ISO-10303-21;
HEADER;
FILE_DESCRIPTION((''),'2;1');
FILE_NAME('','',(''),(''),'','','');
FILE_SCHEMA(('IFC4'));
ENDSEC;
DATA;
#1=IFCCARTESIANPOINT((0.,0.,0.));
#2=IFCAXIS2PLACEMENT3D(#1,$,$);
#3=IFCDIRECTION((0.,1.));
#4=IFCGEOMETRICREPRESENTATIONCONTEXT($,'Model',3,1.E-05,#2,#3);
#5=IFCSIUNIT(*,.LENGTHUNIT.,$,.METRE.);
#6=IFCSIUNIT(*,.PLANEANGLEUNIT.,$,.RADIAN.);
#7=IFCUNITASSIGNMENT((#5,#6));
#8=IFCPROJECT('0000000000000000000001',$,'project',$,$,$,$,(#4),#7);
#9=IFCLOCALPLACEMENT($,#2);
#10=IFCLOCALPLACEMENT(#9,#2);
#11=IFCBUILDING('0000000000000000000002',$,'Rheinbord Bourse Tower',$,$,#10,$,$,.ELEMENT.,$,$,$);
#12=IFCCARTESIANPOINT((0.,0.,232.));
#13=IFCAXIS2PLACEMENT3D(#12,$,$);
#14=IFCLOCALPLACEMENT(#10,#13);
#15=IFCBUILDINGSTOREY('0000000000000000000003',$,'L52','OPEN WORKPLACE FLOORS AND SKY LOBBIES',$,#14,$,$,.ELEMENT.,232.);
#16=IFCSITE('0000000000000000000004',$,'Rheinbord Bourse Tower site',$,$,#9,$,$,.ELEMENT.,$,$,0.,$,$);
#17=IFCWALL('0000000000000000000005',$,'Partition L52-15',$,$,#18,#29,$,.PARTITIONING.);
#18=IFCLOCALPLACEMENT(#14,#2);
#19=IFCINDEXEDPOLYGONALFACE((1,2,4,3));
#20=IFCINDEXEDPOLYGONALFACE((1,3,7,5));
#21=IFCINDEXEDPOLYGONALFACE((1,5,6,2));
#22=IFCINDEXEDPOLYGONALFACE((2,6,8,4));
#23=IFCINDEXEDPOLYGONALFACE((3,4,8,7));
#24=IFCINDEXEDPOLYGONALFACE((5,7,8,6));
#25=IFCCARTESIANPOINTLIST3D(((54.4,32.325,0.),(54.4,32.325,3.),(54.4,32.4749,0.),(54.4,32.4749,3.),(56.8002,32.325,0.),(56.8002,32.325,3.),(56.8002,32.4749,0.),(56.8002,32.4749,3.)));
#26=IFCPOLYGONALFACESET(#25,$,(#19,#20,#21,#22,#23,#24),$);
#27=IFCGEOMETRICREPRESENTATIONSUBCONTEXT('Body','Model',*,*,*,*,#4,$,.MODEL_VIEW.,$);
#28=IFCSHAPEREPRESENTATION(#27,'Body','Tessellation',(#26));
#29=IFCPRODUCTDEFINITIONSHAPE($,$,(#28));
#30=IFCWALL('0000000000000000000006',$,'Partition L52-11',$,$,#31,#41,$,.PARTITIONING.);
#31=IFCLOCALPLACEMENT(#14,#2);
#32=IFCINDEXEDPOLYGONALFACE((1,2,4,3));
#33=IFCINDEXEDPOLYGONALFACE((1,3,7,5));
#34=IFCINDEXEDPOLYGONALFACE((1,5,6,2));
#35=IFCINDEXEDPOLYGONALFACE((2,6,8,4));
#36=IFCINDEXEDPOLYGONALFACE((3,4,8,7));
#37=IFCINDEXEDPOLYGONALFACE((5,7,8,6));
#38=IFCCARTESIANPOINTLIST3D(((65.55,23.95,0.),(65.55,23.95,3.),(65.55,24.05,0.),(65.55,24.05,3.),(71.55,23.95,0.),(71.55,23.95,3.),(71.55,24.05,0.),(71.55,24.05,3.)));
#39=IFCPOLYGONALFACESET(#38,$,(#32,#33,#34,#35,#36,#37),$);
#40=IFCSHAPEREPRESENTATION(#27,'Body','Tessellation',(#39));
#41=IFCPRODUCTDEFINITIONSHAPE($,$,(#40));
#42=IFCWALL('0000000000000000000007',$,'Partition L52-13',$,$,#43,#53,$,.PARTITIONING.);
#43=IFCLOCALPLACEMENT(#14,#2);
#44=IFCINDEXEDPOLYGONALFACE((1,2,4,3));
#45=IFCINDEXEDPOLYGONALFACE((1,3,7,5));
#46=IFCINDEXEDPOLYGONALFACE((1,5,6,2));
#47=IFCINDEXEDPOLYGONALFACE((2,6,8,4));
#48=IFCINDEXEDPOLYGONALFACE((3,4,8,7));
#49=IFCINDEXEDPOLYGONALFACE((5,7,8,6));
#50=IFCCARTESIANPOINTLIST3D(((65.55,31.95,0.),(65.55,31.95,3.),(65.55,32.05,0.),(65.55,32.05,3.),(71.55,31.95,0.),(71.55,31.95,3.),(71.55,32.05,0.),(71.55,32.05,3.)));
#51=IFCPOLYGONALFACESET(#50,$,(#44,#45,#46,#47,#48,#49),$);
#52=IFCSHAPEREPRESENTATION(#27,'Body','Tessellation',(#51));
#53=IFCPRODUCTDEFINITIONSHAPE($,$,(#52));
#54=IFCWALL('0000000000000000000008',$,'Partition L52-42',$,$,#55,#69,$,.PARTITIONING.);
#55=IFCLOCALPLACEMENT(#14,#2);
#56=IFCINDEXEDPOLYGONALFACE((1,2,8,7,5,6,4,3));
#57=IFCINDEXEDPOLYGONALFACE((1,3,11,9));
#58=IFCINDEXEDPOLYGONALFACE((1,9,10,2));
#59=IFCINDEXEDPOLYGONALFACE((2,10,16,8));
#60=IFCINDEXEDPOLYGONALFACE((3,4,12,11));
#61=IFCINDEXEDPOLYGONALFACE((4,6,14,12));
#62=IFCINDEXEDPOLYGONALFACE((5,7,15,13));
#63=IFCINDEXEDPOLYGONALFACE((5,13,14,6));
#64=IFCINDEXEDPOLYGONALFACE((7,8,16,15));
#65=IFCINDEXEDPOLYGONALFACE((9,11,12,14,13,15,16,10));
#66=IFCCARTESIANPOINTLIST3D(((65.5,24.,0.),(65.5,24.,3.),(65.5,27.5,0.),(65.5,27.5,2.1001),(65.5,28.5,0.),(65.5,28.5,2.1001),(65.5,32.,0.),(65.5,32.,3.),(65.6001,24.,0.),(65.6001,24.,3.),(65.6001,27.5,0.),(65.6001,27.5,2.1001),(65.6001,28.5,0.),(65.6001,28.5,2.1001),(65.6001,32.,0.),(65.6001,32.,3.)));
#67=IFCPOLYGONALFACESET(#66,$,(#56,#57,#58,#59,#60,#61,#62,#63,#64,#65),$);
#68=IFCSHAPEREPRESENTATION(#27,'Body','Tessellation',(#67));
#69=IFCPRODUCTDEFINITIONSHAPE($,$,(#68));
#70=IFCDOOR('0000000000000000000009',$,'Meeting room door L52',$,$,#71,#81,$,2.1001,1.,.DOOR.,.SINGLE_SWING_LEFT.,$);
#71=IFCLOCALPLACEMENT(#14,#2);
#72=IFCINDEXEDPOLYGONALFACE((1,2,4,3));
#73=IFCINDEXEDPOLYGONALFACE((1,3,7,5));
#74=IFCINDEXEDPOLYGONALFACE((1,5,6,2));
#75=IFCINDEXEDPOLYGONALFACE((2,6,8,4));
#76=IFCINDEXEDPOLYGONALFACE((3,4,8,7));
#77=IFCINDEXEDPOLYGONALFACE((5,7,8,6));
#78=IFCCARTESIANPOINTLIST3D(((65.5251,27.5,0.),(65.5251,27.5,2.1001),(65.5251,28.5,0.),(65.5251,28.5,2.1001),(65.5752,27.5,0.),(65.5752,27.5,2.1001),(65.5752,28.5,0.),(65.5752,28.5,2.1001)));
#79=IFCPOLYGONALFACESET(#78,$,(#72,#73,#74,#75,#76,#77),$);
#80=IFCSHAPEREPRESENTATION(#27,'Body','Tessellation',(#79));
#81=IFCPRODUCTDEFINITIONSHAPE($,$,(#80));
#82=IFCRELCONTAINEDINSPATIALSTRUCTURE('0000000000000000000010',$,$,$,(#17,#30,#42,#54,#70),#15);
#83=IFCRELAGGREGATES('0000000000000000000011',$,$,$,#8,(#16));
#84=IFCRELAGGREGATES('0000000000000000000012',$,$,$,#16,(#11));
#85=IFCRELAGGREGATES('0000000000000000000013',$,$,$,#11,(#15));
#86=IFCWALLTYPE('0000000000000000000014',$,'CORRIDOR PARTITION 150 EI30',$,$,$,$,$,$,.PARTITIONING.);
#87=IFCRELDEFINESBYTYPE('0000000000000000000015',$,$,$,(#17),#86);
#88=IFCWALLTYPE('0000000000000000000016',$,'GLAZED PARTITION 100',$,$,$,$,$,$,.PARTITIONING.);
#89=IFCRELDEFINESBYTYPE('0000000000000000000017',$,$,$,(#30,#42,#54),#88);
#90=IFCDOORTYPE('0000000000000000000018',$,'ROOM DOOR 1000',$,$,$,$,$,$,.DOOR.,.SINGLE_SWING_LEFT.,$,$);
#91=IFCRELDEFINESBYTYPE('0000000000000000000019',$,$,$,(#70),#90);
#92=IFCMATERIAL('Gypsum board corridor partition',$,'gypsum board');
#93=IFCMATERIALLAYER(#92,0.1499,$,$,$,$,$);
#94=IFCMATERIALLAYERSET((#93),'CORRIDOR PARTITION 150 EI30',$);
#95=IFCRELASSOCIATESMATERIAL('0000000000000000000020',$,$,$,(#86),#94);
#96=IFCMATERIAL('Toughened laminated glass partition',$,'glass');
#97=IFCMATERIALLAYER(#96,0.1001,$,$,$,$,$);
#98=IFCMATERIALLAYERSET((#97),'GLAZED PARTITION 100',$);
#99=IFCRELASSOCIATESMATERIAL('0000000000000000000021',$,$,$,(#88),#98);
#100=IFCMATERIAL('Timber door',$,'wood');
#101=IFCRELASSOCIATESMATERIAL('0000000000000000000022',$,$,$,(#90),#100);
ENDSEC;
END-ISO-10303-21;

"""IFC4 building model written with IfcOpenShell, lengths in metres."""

from ifc_helpers import new_model, si_unit, direction, frame, frame_2d, origin, place, context, subcontext, project, spatial, rectangle, extrude, material, layer, layer_set, type_object, element, fill, save


model = new_model("IFC4")

# Units and contexts
model_context = context("Model", 3, precision=1e-05, world=origin(), true_north=direction((0.0, 1.0)))
body_context = subcontext(model_context, "Body", "Model", "MODEL_VIEW")
ifc_project = project(units=[si_unit("LENGTHUNIT", "METRE"), si_unit("PLANEANGLEUNIT", "RADIAN")], contexts=[model_context])

# Site, building, storey
site_placement = place(None, origin())
site = spatial("IfcSite", under=ifc_project, at=site_placement, Name="Rheinbord Bourse Tower site", CompositionType="ELEMENT", RefElevation=0.0)
building_placement = place(site_placement, origin())
building = spatial("IfcBuilding", under=site, at=building_placement, Name="Rheinbord Bourse Tower", CompositionType="ELEMENT")
storey_placement = place(building_placement, frame((0.0, 0.0, 232.0)))
storey = spatial("IfcBuildingStorey", under=building, at=storey_placement, Name="L52", Description="OPEN WORKPLACE FLOORS AND SKY LOBBIES", CompositionType="ELEMENT", Elevation=232.0)

# Walls
ifc_material_1 = material(Name="Gypsum board corridor partition", Category="gypsum board")
ifc_layer_1 = layer(ifc_material_1, 0.1499)
ifc_layer_set_1 = layer_set([ifc_layer_1], Name="CORRIDOR PARTITION 150 EI30")
wall_type_1 = type_object("IfcWallType", Name="CORRIDOR PARTITION 150 EI30", PredefinedType="PARTITIONING", material=ifc_layer_set_1)
wall_1_placement = place(storey_placement, frame((54.3999, 32.3999, 0.0), z_axis=(0.0, 0.0, 1.0), x_axis=(1.0, 0.0, 0.0)))
element("IfcWall", 1, at=wall_1_placement, inside=storey, type_object=wall_type_1, Name="Partition L52-15", PredefinedType="PARTITIONING", context=body_context, shape_type="SweptSolid", body=[
    extrude(rectangle(XDim=2.4001, YDim=0.1499, at=frame_2d((1.2002, 0.0))), origin(), (0.0, 0.0, 1.0), 3.0),
])
ifc_material_2 = material(Name="Toughened laminated glass partition", Category="glass")
ifc_layer_2 = layer(ifc_material_2, 0.1001)
ifc_layer_set_2 = layer_set([ifc_layer_2], Name="GLAZED PARTITION 100")
wall_type_2 = type_object("IfcWallType", Name="GLAZED PARTITION 100", PredefinedType="PARTITIONING", material=ifc_layer_set_2)
for number, where, z_axis, x_axis, name in (
    (2, (65.55, 24.0, 0.0), (0.0, 0.0, 1.0), (1.0, 0.0, 0.0), "Partition L52-11"),
    (3, (65.55, 32.0, 0.0), (0.0, 0.0, 1.0), (1.0, 0.0, 0.0), "Partition L52-13"),
):
    element("IfcWall", number, at=place(storey_placement, frame(where, z_axis=z_axis, x_axis=x_axis)), inside=storey, type_object=wall_type_2, Name=name, PredefinedType="PARTITIONING", context=body_context, shape_type="SweptSolid", body=[
        extrude(rectangle(XDim=6.0, YDim=0.1001, at=frame_2d((3.0, 0.0))), origin(), (0.0, 0.0, 1.0), 3.0),
    ])

# Wall, opening, door
wall_2_placement = place(storey_placement, frame((65.55, 24.0, 0.0), z_axis=(0.0, 0.0, 1.0), x_axis=(0.0, 1.0, 0.0)))
wall_2 = element("IfcWall", 4, at=wall_2_placement, inside=storey, type_object=wall_type_2, Name="Partition L52-42", PredefinedType="PARTITIONING", context=body_context, shape_type="SweptSolid", body=[
    extrude(rectangle(XDim=8.0, YDim=0.1001, at=frame_2d((4.0, 0.0))), origin(), (0.0, 0.0, 1.0), 3.0),
])
opening_placement = place(wall_2_placement, frame((3.5, 0.0, 0.0)))
opening = element("IfcOpeningElement", 5, at=opening_placement, cuts=wall_2, PredefinedType="OPENING", context=body_context, shape_type="SweptSolid", body=[
    extrude(rectangle(XDim=1.0, YDim=2.1001, at=frame_2d((0.5, 1.05))), frame((0.0, 0.0601, 0.0), z_axis=(0.0, -1.0, 0.0), x_axis=(1.0, 0.0, 0.0)), (0.0, 0.0, 1.0), 0.1201),
])
ifc_material_3 = material(Name="Timber door", Category="wood")
door_type = type_object("IfcDoorType", Name="ROOM DOOR 1000", OperationType="SINGLE_SWING_LEFT", PredefinedType="DOOR", material=ifc_material_3)
door_placement = place(opening_placement, origin())
door = element("IfcDoor", 6, at=door_placement, inside=storey, type_object=door_type, Name="Meeting room door L52", OperationType="SINGLE_SWING_LEFT", OverallHeight=2.1001, OverallWidth=1.0, PredefinedType="DOOR", context=body_context, shape_type="SweptSolid", body=[
    extrude(rectangle(XDim=1.0, YDim=2.1001, at=frame_2d((0.5, 1.05))), frame((0.0, 0.0249, 0.0), z_axis=(0.0, -1.0, 0.0), x_axis=(1.0, 0.0, 0.0)), (0.0, 0.0, 1.0), 0.05),
])
fill(opening, door)

save(model, "model.ifc")
